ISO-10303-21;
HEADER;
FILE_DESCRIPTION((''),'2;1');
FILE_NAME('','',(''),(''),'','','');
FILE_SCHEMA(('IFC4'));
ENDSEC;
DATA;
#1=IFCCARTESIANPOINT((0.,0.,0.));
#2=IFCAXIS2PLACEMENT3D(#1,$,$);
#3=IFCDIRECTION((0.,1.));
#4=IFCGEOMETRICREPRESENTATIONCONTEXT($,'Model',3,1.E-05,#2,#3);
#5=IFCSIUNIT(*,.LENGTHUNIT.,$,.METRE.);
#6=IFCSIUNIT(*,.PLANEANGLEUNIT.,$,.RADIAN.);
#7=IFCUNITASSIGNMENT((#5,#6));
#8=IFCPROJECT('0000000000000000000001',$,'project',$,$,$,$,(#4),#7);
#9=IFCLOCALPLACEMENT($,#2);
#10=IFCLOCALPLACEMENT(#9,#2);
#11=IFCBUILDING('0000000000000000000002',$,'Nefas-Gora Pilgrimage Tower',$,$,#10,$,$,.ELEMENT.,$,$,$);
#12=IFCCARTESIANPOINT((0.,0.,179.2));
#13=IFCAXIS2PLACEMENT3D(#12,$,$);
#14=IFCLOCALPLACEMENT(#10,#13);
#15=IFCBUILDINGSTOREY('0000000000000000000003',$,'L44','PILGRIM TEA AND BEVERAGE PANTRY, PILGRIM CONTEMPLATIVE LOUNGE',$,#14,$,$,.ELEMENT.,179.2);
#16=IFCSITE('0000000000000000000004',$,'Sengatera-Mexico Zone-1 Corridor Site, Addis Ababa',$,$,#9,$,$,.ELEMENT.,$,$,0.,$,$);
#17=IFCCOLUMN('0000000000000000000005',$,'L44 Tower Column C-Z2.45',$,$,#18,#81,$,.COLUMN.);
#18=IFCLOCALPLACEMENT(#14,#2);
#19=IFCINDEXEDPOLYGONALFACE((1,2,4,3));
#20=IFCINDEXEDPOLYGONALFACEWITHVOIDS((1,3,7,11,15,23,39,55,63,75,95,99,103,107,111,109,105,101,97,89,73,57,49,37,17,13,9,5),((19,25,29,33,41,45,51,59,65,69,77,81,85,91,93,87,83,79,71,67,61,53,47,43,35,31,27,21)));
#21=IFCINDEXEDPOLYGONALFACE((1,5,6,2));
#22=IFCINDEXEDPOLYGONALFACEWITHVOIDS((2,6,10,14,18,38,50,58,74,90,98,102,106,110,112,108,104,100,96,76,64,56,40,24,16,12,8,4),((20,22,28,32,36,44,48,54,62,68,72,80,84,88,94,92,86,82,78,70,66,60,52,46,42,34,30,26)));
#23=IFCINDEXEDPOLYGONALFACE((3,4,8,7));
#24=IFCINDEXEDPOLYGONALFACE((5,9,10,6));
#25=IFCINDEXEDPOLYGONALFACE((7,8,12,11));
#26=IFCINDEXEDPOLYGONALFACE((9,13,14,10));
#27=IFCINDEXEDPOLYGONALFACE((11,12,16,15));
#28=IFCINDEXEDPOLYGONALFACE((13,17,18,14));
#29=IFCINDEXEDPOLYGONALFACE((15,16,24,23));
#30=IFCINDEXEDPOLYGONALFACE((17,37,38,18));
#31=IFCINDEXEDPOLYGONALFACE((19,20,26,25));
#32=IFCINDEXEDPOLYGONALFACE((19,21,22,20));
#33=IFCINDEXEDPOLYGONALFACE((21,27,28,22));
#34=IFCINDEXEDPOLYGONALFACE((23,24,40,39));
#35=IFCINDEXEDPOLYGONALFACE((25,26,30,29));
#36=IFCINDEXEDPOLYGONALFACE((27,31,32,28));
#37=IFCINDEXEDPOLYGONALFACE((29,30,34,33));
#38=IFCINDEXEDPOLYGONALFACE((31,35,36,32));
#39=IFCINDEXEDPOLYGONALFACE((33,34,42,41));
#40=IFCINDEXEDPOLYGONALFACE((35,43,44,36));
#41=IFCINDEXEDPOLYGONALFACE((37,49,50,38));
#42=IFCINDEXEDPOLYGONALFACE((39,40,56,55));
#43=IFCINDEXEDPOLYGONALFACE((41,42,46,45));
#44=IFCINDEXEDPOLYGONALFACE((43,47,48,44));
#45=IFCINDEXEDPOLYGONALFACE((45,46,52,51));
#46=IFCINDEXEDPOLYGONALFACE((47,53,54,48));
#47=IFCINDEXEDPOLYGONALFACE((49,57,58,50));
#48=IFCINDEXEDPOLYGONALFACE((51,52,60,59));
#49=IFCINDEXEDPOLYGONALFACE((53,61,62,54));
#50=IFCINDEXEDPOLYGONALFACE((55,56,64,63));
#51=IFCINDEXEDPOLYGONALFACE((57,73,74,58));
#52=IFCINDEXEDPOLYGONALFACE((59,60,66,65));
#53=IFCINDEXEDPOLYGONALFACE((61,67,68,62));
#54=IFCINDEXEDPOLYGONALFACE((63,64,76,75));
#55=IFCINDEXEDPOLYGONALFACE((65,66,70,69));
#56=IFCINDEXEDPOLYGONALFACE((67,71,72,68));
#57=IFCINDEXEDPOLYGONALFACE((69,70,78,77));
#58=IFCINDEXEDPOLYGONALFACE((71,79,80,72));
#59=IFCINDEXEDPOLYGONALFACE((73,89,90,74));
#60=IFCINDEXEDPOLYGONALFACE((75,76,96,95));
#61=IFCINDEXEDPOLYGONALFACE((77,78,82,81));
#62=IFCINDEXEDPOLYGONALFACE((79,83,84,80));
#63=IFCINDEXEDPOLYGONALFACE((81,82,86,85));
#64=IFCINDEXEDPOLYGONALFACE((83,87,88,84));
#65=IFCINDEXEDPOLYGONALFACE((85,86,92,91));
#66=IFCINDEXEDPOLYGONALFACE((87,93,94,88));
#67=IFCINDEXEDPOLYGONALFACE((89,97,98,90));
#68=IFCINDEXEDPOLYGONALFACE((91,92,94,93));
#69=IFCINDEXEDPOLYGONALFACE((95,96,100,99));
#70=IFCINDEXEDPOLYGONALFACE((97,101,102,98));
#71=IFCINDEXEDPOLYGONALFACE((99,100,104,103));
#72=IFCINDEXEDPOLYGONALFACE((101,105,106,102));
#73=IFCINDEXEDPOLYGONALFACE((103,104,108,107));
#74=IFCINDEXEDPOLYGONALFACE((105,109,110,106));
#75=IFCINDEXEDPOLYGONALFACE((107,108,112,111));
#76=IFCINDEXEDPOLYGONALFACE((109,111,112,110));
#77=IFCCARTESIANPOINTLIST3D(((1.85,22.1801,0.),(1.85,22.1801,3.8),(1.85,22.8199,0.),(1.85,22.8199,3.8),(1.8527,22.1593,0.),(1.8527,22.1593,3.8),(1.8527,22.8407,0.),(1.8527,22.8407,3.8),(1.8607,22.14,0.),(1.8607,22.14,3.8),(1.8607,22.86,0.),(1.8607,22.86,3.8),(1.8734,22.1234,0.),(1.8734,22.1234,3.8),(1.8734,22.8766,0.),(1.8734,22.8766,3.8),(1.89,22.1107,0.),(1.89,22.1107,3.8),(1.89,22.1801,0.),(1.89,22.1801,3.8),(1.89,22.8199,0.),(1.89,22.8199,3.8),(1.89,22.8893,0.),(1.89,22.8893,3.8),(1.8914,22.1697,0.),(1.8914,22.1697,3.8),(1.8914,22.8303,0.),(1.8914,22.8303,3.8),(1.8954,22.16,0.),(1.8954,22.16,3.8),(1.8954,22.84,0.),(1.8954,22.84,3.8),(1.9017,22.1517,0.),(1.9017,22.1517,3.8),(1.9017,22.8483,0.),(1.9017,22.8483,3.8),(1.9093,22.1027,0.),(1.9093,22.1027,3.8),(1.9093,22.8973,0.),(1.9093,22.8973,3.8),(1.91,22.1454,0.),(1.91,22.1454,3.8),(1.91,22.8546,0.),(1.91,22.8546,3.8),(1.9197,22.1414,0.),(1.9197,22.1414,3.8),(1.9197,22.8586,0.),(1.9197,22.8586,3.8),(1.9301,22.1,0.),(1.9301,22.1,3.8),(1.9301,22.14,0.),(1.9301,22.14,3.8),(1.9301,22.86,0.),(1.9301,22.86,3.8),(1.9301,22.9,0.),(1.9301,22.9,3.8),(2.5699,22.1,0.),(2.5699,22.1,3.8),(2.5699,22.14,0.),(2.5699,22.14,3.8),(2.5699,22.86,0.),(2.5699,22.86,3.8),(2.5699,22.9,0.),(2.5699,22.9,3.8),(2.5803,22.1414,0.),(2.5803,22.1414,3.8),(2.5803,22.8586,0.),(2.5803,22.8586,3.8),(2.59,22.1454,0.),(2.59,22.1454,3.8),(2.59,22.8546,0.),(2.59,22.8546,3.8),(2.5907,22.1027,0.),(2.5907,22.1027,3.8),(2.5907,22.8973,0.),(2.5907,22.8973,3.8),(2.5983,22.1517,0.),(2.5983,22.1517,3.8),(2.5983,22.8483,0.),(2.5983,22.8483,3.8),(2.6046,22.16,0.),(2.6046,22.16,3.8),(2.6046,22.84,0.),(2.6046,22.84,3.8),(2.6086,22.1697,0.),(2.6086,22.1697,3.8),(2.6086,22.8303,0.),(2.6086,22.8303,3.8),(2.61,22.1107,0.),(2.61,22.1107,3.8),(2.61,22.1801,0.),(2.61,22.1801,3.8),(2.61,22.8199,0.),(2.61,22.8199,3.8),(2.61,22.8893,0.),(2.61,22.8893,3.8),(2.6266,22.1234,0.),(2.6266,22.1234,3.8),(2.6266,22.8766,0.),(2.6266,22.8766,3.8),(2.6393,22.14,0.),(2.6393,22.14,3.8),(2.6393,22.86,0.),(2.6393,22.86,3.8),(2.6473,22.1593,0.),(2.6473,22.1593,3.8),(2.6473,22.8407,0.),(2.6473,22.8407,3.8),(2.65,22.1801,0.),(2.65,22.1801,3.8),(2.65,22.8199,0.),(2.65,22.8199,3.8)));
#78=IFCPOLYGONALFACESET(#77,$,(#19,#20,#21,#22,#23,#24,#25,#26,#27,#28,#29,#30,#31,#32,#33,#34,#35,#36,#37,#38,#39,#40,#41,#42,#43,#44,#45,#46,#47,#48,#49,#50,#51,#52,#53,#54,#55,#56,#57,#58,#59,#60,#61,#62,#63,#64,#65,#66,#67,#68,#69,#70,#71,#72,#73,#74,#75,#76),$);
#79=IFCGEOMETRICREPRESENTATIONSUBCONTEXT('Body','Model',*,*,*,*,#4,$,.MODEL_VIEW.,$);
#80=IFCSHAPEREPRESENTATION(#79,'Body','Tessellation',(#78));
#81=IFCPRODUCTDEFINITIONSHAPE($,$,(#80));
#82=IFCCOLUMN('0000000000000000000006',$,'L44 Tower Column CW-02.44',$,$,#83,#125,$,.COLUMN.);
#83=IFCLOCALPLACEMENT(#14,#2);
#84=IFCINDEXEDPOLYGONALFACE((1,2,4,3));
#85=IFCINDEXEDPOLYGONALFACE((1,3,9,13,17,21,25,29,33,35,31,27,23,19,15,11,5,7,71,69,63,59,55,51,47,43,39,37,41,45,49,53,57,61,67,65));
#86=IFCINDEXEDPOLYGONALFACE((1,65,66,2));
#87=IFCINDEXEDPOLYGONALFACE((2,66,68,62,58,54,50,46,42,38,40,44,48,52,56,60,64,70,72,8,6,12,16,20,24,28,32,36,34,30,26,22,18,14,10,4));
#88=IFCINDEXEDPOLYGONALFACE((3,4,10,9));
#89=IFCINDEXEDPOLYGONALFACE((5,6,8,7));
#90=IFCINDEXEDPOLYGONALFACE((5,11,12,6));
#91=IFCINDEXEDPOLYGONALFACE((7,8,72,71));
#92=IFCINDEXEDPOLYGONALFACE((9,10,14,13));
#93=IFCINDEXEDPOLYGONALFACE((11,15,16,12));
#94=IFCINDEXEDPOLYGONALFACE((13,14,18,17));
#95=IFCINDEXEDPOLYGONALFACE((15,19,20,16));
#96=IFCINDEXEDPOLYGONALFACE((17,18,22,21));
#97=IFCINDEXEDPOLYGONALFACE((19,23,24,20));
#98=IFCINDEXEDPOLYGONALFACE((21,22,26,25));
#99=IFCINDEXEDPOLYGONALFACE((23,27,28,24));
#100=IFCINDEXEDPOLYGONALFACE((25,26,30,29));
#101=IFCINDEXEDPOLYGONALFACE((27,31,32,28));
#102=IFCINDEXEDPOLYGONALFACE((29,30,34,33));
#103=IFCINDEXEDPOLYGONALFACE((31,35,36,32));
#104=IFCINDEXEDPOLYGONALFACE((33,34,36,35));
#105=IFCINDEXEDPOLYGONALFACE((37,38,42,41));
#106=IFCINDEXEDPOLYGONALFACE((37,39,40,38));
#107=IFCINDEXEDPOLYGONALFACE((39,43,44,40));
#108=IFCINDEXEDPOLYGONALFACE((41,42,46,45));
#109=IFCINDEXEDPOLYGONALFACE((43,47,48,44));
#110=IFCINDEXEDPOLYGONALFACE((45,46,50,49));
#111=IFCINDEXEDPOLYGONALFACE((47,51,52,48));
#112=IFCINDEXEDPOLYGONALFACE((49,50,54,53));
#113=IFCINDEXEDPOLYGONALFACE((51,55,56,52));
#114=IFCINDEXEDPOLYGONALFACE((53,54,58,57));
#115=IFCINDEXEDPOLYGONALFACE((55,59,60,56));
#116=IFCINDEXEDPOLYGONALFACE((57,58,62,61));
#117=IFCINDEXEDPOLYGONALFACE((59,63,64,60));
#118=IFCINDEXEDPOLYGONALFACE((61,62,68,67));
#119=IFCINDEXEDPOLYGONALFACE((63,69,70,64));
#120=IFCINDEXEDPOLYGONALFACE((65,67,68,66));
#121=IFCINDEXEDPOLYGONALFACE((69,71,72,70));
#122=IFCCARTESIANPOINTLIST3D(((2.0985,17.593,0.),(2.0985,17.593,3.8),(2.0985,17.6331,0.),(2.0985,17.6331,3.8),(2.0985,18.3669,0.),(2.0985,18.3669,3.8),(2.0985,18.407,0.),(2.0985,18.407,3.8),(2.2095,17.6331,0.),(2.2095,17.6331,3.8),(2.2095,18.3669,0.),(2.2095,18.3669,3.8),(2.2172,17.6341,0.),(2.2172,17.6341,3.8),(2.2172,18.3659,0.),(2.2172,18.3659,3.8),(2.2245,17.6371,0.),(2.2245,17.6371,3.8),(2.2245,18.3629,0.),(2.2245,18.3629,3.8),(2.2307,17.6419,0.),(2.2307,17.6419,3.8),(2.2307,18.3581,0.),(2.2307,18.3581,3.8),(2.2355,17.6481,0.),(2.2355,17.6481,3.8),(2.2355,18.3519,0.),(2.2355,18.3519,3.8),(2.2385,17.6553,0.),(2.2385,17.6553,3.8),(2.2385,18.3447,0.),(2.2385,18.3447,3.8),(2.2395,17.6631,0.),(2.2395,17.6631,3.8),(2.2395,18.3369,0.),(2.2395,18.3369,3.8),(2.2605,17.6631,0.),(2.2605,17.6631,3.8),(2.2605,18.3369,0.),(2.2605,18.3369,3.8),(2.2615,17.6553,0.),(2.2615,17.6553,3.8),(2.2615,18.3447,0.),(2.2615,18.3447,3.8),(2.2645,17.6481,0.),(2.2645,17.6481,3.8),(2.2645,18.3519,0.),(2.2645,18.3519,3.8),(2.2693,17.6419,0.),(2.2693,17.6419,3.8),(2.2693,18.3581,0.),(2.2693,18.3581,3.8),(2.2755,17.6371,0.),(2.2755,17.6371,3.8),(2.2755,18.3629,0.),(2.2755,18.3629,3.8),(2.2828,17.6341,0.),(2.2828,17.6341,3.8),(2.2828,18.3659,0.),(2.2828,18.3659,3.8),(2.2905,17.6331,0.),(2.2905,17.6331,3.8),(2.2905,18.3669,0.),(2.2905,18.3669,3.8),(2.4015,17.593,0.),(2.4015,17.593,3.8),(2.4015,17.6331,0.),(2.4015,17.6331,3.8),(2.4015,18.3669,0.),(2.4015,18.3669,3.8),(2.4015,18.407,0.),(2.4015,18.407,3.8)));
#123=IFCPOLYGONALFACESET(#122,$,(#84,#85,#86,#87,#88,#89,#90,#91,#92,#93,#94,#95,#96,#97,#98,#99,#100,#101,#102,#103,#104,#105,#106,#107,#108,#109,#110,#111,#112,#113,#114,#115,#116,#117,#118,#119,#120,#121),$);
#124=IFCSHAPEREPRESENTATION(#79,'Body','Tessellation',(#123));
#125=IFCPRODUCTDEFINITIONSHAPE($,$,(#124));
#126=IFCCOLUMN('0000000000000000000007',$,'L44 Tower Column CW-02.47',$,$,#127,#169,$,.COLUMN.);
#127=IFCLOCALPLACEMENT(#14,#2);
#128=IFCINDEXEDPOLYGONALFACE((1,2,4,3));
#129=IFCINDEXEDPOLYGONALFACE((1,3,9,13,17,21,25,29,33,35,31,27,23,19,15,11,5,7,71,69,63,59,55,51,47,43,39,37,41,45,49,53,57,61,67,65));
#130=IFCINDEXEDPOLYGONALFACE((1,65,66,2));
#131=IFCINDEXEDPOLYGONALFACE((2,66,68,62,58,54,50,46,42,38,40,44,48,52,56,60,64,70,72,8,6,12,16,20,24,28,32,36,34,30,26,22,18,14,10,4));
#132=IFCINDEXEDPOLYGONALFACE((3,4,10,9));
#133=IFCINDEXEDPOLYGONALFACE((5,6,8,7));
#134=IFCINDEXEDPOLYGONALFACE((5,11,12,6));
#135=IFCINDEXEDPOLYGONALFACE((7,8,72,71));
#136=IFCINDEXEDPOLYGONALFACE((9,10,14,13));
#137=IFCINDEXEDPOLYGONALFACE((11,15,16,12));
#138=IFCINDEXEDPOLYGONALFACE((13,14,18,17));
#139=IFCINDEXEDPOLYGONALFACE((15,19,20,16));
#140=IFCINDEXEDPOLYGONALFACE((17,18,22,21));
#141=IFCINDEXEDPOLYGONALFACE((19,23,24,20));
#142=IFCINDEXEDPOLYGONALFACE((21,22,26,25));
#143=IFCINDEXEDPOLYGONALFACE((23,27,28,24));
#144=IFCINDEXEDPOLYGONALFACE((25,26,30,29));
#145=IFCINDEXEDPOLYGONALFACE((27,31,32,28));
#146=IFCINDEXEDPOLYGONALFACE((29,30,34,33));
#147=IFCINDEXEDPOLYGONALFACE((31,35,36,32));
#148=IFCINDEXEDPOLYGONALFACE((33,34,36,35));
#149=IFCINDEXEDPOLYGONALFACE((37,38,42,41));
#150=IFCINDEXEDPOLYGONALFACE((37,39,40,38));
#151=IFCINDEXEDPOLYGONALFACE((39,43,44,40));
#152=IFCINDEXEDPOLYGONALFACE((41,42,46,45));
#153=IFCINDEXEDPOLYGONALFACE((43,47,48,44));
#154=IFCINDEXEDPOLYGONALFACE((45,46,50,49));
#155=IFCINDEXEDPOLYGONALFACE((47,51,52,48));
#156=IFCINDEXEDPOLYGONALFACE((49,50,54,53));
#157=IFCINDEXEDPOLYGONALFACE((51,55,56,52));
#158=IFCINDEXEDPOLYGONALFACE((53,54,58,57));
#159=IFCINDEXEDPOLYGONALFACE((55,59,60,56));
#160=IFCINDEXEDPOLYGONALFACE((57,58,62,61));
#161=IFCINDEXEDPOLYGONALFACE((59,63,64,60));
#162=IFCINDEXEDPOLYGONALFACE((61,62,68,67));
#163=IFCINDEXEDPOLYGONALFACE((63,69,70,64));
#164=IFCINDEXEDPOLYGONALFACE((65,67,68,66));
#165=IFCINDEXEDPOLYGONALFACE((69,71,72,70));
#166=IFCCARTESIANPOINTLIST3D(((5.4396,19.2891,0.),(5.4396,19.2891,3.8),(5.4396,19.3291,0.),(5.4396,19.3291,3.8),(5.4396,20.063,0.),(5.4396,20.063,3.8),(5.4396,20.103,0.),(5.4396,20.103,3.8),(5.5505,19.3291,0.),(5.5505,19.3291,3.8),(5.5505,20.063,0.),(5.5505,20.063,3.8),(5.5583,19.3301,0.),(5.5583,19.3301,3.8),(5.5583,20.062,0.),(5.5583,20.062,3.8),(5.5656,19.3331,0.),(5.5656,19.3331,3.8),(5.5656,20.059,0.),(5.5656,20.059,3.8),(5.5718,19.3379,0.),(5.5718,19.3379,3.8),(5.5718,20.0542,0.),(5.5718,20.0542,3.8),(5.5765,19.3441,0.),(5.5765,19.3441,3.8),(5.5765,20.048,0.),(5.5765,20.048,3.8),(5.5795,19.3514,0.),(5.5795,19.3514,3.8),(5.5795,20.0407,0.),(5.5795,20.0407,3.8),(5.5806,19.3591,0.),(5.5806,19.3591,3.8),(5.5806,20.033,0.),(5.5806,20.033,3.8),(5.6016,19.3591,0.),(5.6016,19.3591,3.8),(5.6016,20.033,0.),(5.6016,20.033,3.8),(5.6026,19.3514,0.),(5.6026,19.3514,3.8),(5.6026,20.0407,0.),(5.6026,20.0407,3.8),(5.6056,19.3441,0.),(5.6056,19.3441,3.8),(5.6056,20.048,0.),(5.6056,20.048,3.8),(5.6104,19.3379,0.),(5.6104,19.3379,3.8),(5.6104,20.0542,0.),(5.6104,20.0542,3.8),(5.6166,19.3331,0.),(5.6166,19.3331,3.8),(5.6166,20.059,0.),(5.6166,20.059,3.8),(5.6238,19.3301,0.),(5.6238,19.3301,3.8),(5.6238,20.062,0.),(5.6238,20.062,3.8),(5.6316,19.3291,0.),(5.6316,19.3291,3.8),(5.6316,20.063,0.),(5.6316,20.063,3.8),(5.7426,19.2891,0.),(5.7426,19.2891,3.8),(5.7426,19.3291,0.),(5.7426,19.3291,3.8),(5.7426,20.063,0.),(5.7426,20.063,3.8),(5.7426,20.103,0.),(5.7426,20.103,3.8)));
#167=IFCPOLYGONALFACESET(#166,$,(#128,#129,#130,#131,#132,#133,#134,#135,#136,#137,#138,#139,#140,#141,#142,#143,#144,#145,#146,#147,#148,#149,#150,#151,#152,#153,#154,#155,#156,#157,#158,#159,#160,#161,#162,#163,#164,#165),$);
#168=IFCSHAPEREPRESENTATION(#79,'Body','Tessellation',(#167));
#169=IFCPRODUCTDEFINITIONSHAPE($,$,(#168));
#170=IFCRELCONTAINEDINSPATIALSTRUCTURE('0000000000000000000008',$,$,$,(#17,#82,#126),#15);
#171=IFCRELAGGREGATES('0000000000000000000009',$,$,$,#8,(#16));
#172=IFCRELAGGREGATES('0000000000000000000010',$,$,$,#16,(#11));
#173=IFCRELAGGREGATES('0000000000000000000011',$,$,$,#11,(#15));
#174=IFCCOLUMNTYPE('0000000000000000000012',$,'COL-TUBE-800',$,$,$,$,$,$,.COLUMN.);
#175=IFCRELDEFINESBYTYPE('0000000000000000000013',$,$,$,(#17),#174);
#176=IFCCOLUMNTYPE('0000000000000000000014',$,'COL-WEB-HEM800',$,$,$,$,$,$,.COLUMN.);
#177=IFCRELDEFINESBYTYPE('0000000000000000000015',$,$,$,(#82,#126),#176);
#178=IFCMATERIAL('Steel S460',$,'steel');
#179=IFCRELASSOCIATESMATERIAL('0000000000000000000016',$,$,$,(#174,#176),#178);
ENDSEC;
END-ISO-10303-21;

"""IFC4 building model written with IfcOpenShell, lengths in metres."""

from ifc_helpers import new_model, si_unit, direction, frame, origin, origin_2d, place, context, subcontext, project, spatial, hollow_rectangle, i_section, extrude, source, transform, mapped, material, material_profile, profile_set, type_object, element, save


model = new_model("IFC4")

# Units and contexts
model_context = context("Model", 3, precision=1e-05, world=origin(), true_north=direction((0.0, 1.0)))
body_context = subcontext(model_context, "Body", "Model", "MODEL_VIEW")
ifc_project = project(units=[si_unit("LENGTHUNIT", "METRE"), si_unit("PLANEANGLEUNIT", "RADIAN")], contexts=[model_context])

# Site, building, storey
site_placement = place(None, origin())
site = spatial("IfcSite", under=ifc_project, at=site_placement, Name="Sengatera-Mexico Zone-1 Corridor Site, Addis Ababa", CompositionType="ELEMENT", RefElevation=0.0)
building_placement = place(site_placement, origin())
building = spatial("IfcBuilding", under=site, at=building_placement, Name="Nefas-Gora Pilgrimage Tower", CompositionType="ELEMENT")
storey_placement = place(building_placement, frame((0.0, 0.0, 179.2)))
storey = spatial("IfcBuildingStorey", under=building, at=storey_placement, Name="L44", Description="PILGRIM TEA AND BEVERAGE PANTRY, PILGRIM CONTEMPLATIVE LOUNGE", CompositionType="ELEMENT", Elevation=179.2)

# Columns
ifc_material_1 = material(Name="Steel S460", Category="steel")
ifc_material_profile_1 = material_profile(ifc_material_1, hollow_rectangle(XDim=0.8, YDim=0.8, WallThickness=0.04, InnerFilletRadius=0.04, OuterFilletRadius=0.0801, at=origin_2d()), Name="BOX 800x800x40")
ifc_profile_set_1 = profile_set([ifc_material_profile_1], Name="Steel S460")
column_type_1 = type_object("IfcColumnType", Name="COL-TUBE-800", PredefinedType="COLUMN", material=ifc_profile_set_1)
shared_shape_1 = source(origin(), body_context, "Body", "SweptSolid", [
    extrude(hollow_rectangle(XDim=0.8, YDim=0.8, WallThickness=0.04, InnerFilletRadius=0.04, OuterFilletRadius=0.0801, at=origin_2d()), origin(), (0.0, 0.0, 1.0), 3.8),
])
column_placement = place(storey_placement, frame((2.25, 22.5, 0.0), z_axis=(0.0, 0.0, 1.0), x_axis=(1.0, 0.0, 0.0)))
element("IfcColumn", 1, at=column_placement, inside=storey, type_object=column_type_1, Name="L44 Tower Column C-Z2.45", PredefinedType="COLUMN", context=body_context, shape_type="MappedRepresentation", body=[
    mapped(shared_shape_1, transform((0.0, 0.0, 0.0), x_axis=(1.0, 0.0, 0.0), y_axis=(0.0, 1.0, 0.0), z_axis=(0.0, 0.0, 1.0), scale=1.0)),
])
ifc_material_profile_2 = material_profile(ifc_material_1, i_section(OverallWidth=0.303, OverallDepth=0.814, WebThickness=0.021, FlangeThickness=0.04, FilletRadius=0.03, at=origin_2d()), Name="HEM 800")
ifc_profile_set_2 = profile_set([ifc_material_profile_2], Name="Steel S460")
column_type_2 = type_object("IfcColumnType", Name="COL-WEB-HEM800", PredefinedType="COLUMN", material=ifc_profile_set_2)
shared_shape_2 = source(origin(), body_context, "Body", "SweptSolid", [
    extrude(i_section(OverallWidth=0.303, OverallDepth=0.814, WebThickness=0.021, FlangeThickness=0.04, FilletRadius=0.03, at=origin_2d()), origin(), (0.0, 0.0, 1.0), 3.8),
])
for number, where, z_axis, x_axis, name in (
    (2, (2.25, 18.0, 0.0), (0.0, 0.0, 1.0), (1.0, 0.0, 0.0), "L44 Tower Column CW-02.44"),
    (3, (5.5911, 19.696, 0.0), (0.0, 0.0, 1.0), (1.0, 0.0, 0.0), "L44 Tower Column CW-02.47"),
):
    element("IfcColumn", number, at=place(storey_placement, frame(where, z_axis=z_axis, x_axis=x_axis)), inside=storey, type_object=column_type_2, Name=name, PredefinedType="COLUMN", context=body_context, shape_type="MappedRepresentation", body=[
        mapped(shared_shape_2, transform((0.0, 0.0, 0.0), x_axis=(1.0, 0.0, 0.0), y_axis=(0.0, 1.0, 0.0), z_axis=(0.0, 0.0, 1.0), scale=1.0)),
    ])

save(model, "model.ifc")
